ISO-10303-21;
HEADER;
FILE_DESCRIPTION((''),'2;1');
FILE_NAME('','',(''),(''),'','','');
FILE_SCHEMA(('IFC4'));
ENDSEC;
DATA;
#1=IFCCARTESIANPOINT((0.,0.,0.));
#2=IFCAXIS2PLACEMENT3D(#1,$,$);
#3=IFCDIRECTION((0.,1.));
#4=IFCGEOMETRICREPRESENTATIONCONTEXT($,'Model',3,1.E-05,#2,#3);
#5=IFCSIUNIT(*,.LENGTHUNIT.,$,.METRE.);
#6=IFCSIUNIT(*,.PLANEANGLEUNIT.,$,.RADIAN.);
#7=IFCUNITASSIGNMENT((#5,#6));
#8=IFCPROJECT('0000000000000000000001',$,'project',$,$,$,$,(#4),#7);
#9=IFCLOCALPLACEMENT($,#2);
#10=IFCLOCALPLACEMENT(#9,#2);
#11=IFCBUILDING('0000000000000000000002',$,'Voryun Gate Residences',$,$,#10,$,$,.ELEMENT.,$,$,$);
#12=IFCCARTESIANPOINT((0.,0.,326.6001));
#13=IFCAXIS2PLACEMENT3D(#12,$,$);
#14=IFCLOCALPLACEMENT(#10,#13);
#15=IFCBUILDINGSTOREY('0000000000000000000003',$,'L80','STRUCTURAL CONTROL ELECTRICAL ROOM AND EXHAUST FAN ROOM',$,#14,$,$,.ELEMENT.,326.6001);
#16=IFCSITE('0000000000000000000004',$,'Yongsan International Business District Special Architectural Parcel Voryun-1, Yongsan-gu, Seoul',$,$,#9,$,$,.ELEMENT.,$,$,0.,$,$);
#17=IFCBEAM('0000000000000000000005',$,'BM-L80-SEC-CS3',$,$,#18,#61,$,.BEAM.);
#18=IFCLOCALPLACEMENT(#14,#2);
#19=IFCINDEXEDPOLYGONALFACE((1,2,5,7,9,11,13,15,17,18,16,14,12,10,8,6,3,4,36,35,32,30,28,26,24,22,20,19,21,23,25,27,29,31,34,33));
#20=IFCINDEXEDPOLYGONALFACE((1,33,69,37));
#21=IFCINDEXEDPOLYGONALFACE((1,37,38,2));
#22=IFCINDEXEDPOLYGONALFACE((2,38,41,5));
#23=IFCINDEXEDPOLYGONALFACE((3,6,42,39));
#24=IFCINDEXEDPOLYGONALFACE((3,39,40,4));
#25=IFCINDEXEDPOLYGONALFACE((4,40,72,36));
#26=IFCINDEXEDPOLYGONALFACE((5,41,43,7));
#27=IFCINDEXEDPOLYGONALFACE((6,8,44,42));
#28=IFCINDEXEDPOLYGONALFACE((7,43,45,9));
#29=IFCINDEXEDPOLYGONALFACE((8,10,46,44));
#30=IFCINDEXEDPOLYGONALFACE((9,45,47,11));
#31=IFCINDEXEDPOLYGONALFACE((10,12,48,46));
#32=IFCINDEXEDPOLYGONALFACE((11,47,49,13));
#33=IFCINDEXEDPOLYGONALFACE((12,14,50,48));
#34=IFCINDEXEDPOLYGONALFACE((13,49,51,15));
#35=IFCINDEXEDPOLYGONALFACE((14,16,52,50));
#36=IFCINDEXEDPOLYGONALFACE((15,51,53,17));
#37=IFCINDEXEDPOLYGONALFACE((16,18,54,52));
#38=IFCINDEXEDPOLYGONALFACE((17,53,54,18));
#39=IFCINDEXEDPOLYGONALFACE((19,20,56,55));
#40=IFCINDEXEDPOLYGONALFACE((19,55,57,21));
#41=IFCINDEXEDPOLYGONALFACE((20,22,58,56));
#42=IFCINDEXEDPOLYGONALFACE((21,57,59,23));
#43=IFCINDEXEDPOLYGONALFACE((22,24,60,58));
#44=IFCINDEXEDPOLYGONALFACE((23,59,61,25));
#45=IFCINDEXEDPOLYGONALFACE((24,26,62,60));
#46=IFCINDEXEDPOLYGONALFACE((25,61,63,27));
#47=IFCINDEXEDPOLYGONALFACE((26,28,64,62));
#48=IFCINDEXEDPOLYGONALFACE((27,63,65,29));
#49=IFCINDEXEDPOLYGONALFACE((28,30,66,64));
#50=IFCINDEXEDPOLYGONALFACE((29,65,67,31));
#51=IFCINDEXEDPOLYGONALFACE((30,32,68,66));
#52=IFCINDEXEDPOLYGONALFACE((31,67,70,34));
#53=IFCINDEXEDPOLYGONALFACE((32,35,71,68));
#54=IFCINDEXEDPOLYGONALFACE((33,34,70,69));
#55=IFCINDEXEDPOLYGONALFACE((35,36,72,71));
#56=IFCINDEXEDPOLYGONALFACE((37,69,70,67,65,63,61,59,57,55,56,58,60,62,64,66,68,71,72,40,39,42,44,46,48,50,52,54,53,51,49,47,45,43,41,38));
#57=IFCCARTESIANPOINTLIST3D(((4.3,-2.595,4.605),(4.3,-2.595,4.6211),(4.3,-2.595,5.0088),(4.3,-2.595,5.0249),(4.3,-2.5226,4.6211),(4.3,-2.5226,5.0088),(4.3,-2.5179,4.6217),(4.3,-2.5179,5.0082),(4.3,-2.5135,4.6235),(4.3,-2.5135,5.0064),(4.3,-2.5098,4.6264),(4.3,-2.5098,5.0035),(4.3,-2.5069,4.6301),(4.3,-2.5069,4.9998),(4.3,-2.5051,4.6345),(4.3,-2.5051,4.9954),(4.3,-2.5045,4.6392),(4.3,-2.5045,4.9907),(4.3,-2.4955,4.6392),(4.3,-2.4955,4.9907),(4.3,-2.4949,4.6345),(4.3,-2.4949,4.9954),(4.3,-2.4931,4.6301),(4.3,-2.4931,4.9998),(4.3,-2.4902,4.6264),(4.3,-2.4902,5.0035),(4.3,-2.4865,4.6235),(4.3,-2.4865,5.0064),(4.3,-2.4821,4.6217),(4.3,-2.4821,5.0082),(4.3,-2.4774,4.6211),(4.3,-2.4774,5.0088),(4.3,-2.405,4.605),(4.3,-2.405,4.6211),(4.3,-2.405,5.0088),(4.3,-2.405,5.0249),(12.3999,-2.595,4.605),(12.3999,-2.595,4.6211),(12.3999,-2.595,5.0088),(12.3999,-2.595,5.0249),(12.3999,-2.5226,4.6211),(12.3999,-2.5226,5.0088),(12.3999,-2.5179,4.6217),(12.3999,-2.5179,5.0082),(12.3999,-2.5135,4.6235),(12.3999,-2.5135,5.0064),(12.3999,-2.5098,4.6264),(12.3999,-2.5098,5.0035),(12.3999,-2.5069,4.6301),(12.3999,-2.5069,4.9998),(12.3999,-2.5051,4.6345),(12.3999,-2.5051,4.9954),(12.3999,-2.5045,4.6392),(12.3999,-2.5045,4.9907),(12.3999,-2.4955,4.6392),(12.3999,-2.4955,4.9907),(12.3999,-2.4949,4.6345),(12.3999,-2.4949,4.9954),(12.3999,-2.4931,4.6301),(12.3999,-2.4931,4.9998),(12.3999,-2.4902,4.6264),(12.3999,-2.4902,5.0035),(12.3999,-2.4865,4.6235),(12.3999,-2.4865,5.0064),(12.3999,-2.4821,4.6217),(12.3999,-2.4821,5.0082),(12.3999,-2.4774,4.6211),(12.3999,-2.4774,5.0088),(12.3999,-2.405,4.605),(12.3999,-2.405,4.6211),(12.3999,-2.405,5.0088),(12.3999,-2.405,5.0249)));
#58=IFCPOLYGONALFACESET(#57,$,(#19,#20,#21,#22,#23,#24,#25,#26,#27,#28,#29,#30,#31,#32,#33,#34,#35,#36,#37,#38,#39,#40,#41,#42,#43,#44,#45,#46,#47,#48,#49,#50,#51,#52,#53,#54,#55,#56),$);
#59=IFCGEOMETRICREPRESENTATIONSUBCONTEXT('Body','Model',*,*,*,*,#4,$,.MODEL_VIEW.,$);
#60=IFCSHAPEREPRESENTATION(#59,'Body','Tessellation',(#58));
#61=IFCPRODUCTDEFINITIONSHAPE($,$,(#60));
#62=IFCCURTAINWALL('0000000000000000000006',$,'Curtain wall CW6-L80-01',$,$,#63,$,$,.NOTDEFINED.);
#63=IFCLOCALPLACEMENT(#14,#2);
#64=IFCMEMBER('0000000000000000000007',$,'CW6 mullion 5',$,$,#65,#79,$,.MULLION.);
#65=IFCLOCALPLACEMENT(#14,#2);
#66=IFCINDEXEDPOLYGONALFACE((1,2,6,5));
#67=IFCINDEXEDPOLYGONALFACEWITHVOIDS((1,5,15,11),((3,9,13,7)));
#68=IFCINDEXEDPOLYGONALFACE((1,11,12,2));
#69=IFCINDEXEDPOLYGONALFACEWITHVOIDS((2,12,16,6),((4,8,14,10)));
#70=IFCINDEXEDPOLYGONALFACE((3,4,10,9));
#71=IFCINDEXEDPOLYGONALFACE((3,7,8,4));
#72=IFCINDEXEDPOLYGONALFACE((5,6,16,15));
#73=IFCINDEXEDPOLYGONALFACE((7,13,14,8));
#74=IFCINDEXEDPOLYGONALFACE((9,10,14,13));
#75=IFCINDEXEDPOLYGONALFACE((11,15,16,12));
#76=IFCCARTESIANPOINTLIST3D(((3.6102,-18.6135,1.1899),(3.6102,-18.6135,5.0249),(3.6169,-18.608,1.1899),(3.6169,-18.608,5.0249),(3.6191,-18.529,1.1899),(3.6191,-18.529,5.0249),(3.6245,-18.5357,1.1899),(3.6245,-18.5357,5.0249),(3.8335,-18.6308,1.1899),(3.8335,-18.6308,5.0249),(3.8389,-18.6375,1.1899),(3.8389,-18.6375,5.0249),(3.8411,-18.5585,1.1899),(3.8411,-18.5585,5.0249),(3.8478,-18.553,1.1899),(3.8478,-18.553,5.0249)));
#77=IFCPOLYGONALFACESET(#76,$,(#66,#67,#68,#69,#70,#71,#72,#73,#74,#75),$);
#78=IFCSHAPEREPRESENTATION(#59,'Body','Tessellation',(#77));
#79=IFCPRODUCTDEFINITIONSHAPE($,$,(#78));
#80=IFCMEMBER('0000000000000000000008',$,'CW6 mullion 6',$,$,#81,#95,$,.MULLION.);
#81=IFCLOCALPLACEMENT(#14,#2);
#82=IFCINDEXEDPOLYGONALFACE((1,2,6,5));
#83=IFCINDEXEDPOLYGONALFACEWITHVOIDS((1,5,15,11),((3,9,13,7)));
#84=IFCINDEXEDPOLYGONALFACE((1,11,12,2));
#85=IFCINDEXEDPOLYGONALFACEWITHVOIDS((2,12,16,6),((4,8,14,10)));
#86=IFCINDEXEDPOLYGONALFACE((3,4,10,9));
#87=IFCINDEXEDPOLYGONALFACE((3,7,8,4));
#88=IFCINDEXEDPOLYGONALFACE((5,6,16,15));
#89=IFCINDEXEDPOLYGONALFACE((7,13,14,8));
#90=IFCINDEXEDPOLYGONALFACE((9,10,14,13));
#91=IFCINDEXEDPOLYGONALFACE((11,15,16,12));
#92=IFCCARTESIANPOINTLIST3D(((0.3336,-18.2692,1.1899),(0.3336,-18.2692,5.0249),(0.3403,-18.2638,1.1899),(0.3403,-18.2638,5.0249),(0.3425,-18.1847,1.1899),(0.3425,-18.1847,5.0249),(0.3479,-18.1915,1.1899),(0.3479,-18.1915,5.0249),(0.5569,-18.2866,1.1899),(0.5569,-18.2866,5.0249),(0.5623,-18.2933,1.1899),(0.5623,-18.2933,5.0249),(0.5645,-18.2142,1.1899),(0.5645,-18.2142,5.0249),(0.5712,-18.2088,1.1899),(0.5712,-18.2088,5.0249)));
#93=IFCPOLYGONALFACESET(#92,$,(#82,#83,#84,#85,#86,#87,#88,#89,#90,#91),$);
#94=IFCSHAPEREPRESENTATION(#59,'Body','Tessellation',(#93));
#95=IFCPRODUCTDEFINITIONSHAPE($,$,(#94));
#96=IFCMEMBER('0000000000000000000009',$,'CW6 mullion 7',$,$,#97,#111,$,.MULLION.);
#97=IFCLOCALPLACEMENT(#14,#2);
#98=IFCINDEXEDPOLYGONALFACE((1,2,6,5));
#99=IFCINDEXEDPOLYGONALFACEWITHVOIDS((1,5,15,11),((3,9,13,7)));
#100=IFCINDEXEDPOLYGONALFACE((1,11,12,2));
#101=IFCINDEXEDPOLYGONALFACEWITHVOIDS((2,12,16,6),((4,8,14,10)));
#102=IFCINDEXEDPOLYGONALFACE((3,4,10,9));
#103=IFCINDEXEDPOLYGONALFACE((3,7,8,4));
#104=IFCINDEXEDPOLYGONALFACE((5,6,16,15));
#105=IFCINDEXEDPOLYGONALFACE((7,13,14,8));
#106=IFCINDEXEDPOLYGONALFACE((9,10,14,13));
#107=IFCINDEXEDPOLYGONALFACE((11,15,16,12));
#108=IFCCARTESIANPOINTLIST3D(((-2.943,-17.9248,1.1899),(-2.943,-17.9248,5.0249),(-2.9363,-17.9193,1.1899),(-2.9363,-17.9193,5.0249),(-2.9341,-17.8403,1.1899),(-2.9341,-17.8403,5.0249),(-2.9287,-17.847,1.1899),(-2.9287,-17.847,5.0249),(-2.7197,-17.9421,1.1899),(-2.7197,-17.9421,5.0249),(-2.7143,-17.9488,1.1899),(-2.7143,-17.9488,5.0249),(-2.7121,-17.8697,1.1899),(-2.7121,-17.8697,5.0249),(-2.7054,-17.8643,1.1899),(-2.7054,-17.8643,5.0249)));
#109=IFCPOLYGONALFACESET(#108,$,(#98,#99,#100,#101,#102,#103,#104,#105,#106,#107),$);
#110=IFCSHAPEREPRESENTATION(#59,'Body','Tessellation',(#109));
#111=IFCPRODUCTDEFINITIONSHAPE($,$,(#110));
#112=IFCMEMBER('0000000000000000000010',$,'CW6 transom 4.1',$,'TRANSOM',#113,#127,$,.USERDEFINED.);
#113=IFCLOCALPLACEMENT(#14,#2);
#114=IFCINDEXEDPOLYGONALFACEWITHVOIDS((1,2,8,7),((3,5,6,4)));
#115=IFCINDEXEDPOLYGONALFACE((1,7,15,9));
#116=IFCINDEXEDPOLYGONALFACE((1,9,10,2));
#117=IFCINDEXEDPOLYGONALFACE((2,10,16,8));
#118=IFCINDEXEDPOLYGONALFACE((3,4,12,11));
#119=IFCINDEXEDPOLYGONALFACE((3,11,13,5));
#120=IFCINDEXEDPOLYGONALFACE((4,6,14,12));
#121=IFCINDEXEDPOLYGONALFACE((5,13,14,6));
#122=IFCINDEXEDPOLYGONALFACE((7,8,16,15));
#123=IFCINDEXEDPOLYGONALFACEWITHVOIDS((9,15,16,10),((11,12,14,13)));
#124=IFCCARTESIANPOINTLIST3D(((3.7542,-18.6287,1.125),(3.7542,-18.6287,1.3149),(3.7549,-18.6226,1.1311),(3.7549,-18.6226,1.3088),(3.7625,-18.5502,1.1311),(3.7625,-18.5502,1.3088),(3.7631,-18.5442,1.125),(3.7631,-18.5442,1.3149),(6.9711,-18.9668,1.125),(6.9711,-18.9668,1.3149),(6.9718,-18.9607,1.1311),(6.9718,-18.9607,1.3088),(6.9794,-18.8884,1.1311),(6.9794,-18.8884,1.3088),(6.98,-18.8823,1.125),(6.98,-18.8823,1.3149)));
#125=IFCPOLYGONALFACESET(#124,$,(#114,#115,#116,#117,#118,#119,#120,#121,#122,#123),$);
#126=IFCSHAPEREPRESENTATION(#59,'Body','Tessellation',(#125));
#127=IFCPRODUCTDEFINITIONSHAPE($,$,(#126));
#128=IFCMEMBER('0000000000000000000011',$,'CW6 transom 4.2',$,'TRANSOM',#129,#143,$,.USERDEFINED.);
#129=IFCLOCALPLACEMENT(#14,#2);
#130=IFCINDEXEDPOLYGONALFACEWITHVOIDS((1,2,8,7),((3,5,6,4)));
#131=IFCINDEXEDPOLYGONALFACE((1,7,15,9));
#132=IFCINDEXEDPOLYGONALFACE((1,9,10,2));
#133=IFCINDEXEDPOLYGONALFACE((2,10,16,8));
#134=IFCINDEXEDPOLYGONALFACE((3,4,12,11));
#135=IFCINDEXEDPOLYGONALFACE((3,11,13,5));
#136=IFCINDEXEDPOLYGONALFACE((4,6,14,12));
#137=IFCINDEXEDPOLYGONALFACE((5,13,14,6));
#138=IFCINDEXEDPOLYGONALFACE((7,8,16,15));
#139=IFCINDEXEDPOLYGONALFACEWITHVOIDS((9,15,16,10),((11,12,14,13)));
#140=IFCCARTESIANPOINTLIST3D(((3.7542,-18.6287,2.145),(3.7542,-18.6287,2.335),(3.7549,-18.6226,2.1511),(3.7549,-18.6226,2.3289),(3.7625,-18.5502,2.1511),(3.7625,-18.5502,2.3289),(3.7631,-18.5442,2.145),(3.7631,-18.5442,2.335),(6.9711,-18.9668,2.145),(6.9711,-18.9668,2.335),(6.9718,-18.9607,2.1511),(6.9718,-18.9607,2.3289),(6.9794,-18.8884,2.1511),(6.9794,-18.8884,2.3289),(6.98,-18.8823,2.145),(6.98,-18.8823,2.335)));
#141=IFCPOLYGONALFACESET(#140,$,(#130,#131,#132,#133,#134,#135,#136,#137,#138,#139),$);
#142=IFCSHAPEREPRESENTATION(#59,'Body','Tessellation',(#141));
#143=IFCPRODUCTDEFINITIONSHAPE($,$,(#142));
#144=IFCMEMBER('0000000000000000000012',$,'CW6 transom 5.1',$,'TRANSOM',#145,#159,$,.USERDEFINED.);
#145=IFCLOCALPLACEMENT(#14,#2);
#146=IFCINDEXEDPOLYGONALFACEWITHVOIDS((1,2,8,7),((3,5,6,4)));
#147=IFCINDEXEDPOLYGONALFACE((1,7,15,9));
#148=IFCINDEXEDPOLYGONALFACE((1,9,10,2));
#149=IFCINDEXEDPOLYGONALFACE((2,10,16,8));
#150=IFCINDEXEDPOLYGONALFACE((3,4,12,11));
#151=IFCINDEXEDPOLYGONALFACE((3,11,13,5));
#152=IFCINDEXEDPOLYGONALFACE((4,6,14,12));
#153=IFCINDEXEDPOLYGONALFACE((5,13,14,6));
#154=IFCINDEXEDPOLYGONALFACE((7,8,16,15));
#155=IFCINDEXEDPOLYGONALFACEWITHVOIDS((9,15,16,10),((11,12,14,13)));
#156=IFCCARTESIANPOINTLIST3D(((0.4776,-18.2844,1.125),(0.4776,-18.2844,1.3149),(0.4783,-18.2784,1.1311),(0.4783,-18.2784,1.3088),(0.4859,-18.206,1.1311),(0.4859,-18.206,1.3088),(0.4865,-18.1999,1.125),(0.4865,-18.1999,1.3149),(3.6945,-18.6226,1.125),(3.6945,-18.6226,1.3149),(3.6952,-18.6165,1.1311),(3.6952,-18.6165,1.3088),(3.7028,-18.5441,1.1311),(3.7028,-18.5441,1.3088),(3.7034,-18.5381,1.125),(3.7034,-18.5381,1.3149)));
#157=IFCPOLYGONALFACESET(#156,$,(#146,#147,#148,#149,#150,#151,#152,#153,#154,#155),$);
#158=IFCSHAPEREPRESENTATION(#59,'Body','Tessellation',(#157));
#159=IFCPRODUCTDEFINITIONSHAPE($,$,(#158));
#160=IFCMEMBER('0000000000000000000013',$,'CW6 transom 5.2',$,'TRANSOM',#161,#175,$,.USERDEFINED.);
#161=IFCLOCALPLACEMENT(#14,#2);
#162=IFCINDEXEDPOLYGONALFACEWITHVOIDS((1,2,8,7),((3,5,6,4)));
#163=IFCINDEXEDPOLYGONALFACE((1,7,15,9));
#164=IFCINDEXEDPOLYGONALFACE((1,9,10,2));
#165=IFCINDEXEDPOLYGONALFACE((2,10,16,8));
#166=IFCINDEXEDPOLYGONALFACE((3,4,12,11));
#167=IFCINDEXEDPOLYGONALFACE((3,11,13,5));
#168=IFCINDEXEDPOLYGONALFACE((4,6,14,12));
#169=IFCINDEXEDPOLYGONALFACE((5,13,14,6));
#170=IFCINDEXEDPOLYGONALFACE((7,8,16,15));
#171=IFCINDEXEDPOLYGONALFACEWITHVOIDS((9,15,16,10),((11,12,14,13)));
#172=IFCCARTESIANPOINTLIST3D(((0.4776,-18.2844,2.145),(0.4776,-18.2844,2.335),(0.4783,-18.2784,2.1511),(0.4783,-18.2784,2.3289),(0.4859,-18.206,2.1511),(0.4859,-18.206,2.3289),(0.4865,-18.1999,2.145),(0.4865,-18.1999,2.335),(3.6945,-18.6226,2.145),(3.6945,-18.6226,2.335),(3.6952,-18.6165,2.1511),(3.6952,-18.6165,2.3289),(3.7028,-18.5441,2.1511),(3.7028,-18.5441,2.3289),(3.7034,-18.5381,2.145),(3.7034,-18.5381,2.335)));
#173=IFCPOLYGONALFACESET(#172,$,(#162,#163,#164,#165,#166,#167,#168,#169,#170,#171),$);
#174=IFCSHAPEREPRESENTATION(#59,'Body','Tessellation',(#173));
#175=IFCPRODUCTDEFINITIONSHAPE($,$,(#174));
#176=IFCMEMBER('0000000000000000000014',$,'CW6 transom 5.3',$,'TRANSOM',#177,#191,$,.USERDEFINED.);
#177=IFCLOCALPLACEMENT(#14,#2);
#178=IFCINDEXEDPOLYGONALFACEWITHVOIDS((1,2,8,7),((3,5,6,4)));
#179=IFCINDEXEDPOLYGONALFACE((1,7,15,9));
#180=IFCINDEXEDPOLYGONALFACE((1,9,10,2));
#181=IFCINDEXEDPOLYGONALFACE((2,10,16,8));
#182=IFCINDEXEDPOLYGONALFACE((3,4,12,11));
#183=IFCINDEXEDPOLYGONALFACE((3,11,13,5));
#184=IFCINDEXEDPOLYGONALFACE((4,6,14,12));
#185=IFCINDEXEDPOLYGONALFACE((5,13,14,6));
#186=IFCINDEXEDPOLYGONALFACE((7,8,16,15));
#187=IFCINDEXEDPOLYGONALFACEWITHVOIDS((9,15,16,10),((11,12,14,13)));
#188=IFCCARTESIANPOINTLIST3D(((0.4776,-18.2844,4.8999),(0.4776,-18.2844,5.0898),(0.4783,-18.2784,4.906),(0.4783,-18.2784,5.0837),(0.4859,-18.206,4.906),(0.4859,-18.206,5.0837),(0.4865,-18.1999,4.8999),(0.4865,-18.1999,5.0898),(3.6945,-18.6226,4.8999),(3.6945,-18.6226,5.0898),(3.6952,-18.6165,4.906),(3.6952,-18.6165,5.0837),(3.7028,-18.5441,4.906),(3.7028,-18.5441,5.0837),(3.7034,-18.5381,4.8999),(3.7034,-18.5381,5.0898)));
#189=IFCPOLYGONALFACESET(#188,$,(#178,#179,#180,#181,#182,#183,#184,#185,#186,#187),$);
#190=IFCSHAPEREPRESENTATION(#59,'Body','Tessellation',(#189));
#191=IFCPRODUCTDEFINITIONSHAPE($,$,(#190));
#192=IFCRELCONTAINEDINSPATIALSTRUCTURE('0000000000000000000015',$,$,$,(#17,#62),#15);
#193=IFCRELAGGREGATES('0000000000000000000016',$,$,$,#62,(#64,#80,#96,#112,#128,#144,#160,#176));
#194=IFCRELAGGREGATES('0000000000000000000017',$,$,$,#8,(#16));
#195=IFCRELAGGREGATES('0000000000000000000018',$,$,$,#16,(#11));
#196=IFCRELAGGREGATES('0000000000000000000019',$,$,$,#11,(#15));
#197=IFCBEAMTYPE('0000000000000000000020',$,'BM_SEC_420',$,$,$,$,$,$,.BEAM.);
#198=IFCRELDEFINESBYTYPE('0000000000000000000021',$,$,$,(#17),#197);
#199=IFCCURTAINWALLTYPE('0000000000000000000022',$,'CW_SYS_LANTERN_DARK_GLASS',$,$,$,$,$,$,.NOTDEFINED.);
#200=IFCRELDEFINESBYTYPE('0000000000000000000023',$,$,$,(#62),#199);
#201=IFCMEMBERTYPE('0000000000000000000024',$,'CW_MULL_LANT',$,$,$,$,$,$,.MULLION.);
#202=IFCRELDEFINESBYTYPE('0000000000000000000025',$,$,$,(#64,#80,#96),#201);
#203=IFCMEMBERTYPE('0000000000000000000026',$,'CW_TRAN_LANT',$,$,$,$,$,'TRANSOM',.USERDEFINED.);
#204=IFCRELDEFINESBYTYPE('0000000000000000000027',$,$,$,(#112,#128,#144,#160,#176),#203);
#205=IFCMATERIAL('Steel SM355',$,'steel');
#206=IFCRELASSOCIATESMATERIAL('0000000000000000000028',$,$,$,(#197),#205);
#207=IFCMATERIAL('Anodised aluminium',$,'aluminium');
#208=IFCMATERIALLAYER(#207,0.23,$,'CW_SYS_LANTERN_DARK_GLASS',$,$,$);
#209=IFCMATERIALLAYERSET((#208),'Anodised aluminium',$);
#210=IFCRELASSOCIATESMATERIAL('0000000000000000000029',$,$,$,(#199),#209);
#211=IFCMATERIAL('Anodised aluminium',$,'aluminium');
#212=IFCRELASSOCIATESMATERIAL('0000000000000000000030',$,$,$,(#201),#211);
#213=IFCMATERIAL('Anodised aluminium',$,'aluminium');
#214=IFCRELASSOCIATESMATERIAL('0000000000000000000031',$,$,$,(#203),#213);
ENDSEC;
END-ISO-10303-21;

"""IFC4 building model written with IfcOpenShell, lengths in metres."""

from ifc_helpers import new_model, si_unit, direction, frame, origin, origin_2d, place, context, subcontext, project, spatial, hollow_rectangle, i_section, extrude, material, layer, layer_set, material_profile, profile_set, type_object, element, aggregate, save


model = new_model("IFC4")

# Units and contexts
model_context = context("Model", 3, precision=1e-05, world=origin(), true_north=direction((0.0, 1.0)))
body_context = subcontext(model_context, "Body", "Model", "MODEL_VIEW")
ifc_project = project(units=[si_unit("LENGTHUNIT", "METRE"), si_unit("PLANEANGLEUNIT", "RADIAN")], contexts=[model_context])

# Site, building, storey
site_placement = place(None, origin())
site = spatial("IfcSite", under=ifc_project, at=site_placement, Name="Yongsan International Business District Special Architectural Parcel Voryun-1, Yongsan-gu, Seoul", CompositionType="ELEMENT", RefElevation=0.0)
building_placement = place(site_placement, origin())
building = spatial("IfcBuilding", under=site, at=building_placement, Name="Voryun Gate Residences", CompositionType="ELEMENT")
storey_placement = place(building_placement, frame((0.0, 0.0, 326.6001)))
storey = spatial("IfcBuildingStorey", under=building, at=storey_placement, Name="L80", Description="STRUCTURAL CONTROL ELECTRICAL ROOM AND EXHAUST FAN ROOM", CompositionType="ELEMENT", Elevation=326.6001)

# Beam
ifc_material_1 = material(Name="Steel SM355", Category="steel")
ifc_material_profile_1 = material_profile(ifc_material_1, i_section(OverallWidth=0.1899, OverallDepth=0.4199, WebThickness=0.009, FlangeThickness=0.0161, FilletRadius=0.0181, at=origin_2d()), Name="H-420x190x9x16")
ifc_profile_set_1 = profile_set([ifc_material_profile_1], Name="Steel SM355")
beam_type_1 = type_object("IfcBeamType", Name="BM_SEC_420", PredefinedType="BEAM", material=ifc_profile_set_1)
beam_1_placement = place(storey_placement, frame((4.3, -2.5, 4.8149), z_axis=(1.0, 0.0, 0.0), x_axis=(0.0, 1.0, 0.0)))
element("IfcBeam", 1, at=beam_1_placement, inside=storey, type_object=beam_type_1, Name="BM-L80-SEC-CS3", PredefinedType="BEAM", context=body_context, shape_type="SweptSolid", body=[
    extrude(i_section(OverallWidth=0.1899, OverallDepth=0.4199, WebThickness=0.009, FlangeThickness=0.0161, FilletRadius=0.0181, at=origin_2d()), origin(), (0.0, 0.0, 1.0), 8.0999),
])

# Curtain wall, members
ifc_material_2 = material(Name="Anodised aluminium", Category="aluminium")
ifc_layer_1 = layer(ifc_material_2, 0.23, Name="CW_SYS_LANTERN_DARK_GLASS")
ifc_layer_set_1 = layer_set([ifc_layer_1], Name="Anodised aluminium")
curtain_wall_type = type_object("IfcCurtainWallType", Name="CW_SYS_LANTERN_DARK_GLASS", PredefinedType="NOTDEFINED", material=ifc_layer_set_1)
curtain_wall_placement = place(storey_placement, origin())
curtain_wall = element("IfcCurtainWall", 2, at=curtain_wall_placement, inside=storey, type_object=curtain_wall_type, Name="Curtain wall CW6-L80-01", PredefinedType="NOTDEFINED")
ifc_material_3 = material(Name="Anodised aluminium", Category="aluminium")
ifc_material_profile_2 = material_profile(ifc_material_3, hollow_rectangle(XDim=0.085, YDim=0.23, WallThickness=0.0061, at=origin_2d()), Name="ALU-MULL-230x85x6")
ifc_profile_set_2 = profile_set([ifc_material_profile_2], Name="Anodised aluminium")
member_type_1 = type_object("IfcMemberType", Name="CW_MULL_LANT", PredefinedType="MULLION", material=ifc_profile_set_2)
member_1_placement = place(storey_placement, frame((3.729, -18.5833, 1.1899), z_axis=(0.0, 0.0, 1.0), x_axis=(-0.104528, -0.994522, 0.0)))
member_1 = element("IfcMember", 3, at=member_1_placement, type_object=member_type_1, Name="CW6 mullion 5", PredefinedType="MULLION", context=body_context, shape_type="SweptSolid", body=[
    extrude(hollow_rectangle(XDim=0.085, YDim=0.23, WallThickness=0.0061, at=origin_2d()), origin(), (0.0, 0.0, 1.0), 3.835),
])
member_2_placement = place(storey_placement, frame((0.4524, -18.239, 1.1899), z_axis=(0.0, 0.0, 1.0), x_axis=(-0.104528, -0.994522, 0.0)))
member_2 = element("IfcMember", 4, at=member_2_placement, type_object=member_type_1, Name="CW6 mullion 6", PredefinedType="MULLION", context=body_context, shape_type="SweptSolid", body=[
    extrude(hollow_rectangle(XDim=0.085, YDim=0.23, WallThickness=0.0061, at=origin_2d()), origin(), (0.0, 0.0, 1.0), 3.835),
])
member_3_placement = place(storey_placement, frame((-2.8242, -17.8945, 1.1899), z_axis=(0.0, 0.0, 1.0), x_axis=(-0.104528, -0.994522, 0.0)))
member_3 = element("IfcMember", 5, at=member_3_placement, type_object=member_type_1, Name="CW6 mullion 7", PredefinedType="MULLION", context=body_context, shape_type="SweptSolid", body=[
    extrude(hollow_rectangle(XDim=0.085, YDim=0.23, WallThickness=0.0061, at=origin_2d()), origin(), (0.0, 0.0, 1.0), 3.835),
])
ifc_material_4 = material(Name="Anodised aluminium", Category="aluminium")
ifc_material_profile_3 = material_profile(ifc_material_4, hollow_rectangle(XDim=0.085, YDim=0.1899, WallThickness=0.0061, at=origin_2d()), Name="ALU-TRAN-190x85x6")
ifc_profile_set_3 = profile_set([ifc_material_profile_3], Name="Anodised aluminium")
member_type_2 = type_object("IfcMemberType", Name="CW_TRAN_LANT", ElementType="TRANSOM", PredefinedType="USERDEFINED", material=ifc_profile_set_3)
member_4_placement = place(storey_placement, frame((6.9756, -18.9246, 1.22), z_axis=(-0.994521, 0.104539, 0.0), x_axis=(-0.104539, -0.994521, 0.0)))
member_4 = element("IfcMember", 6, at=member_4_placement, type_object=member_type_2, Name="CW6 transom 4.1", ObjectType="TRANSOM", PredefinedType="USERDEFINED", context=body_context, shape_type="SweptSolid", body=[
    extrude(hollow_rectangle(XDim=0.085, YDim=0.1899, WallThickness=0.0061, at=origin_2d()), origin(), (0.0, 0.0, 1.0), 3.2346),
])
member_5_placement = place(storey_placement, frame((6.9756, -18.9246, 2.24), z_axis=(-0.994521, 0.104539, 0.0), x_axis=(-0.104539, -0.994521, 0.0)))
member_5 = element("IfcMember", 7, at=member_5_placement, type_object=member_type_2, Name="CW6 transom 4.2", ObjectType="TRANSOM", PredefinedType="USERDEFINED", context=body_context, shape_type="SweptSolid", body=[
    extrude(hollow_rectangle(XDim=0.085, YDim=0.1899, WallThickness=0.0061, at=origin_2d()), origin(), (0.0, 0.0, 1.0), 3.2346),
])
member_6_placement = place(storey_placement, frame((3.699, -18.5803, 1.22), z_axis=(-0.994521, 0.104539, 0.0), x_axis=(-0.104539, -0.994521, 0.0)))
member_6 = element("IfcMember", 8, at=member_6_placement, type_object=member_type_2, Name="CW6 transom 5.1", ObjectType="TRANSOM", PredefinedType="USERDEFINED", context=body_context, shape_type="SweptSolid", body=[
    extrude(hollow_rectangle(XDim=0.085, YDim=0.1899, WallThickness=0.0061, at=origin_2d()), origin(), (0.0, 0.0, 1.0), 3.2346),
])
member_7_placement = place(storey_placement, frame((3.699, -18.5803, 2.24), z_axis=(-0.994521, 0.104539, 0.0), x_axis=(-0.104539, -0.994521, 0.0)))
member_7 = element("IfcMember", 9, at=member_7_placement, type_object=member_type_2, Name="CW6 transom 5.2", ObjectType="TRANSOM", PredefinedType="USERDEFINED", context=body_context, shape_type="SweptSolid", body=[
    extrude(hollow_rectangle(XDim=0.085, YDim=0.1899, WallThickness=0.0061, at=origin_2d()), origin(), (0.0, 0.0, 1.0), 3.2346),
])
member_8_placement = place(storey_placement, frame((3.699, -18.5803, 4.9949), z_axis=(-0.994521, 0.104539, 0.0), x_axis=(-0.104539, -0.994521, 0.0)))
member_8 = element("IfcMember", 10, at=member_8_placement, type_object=member_type_2, Name="CW6 transom 5.3", ObjectType="TRANSOM", PredefinedType="USERDEFINED", context=body_context, shape_type="SweptSolid", body=[
    extrude(hollow_rectangle(XDim=0.085, YDim=0.1899, WallThickness=0.0061, at=origin_2d()), origin(), (0.0, 0.0, 1.0), 3.2346),
])

aggregate(curtain_wall, [member_1, member_2, member_3, member_4, member_5, member_6, member_7, member_8])

save(model, "model.ifc")
